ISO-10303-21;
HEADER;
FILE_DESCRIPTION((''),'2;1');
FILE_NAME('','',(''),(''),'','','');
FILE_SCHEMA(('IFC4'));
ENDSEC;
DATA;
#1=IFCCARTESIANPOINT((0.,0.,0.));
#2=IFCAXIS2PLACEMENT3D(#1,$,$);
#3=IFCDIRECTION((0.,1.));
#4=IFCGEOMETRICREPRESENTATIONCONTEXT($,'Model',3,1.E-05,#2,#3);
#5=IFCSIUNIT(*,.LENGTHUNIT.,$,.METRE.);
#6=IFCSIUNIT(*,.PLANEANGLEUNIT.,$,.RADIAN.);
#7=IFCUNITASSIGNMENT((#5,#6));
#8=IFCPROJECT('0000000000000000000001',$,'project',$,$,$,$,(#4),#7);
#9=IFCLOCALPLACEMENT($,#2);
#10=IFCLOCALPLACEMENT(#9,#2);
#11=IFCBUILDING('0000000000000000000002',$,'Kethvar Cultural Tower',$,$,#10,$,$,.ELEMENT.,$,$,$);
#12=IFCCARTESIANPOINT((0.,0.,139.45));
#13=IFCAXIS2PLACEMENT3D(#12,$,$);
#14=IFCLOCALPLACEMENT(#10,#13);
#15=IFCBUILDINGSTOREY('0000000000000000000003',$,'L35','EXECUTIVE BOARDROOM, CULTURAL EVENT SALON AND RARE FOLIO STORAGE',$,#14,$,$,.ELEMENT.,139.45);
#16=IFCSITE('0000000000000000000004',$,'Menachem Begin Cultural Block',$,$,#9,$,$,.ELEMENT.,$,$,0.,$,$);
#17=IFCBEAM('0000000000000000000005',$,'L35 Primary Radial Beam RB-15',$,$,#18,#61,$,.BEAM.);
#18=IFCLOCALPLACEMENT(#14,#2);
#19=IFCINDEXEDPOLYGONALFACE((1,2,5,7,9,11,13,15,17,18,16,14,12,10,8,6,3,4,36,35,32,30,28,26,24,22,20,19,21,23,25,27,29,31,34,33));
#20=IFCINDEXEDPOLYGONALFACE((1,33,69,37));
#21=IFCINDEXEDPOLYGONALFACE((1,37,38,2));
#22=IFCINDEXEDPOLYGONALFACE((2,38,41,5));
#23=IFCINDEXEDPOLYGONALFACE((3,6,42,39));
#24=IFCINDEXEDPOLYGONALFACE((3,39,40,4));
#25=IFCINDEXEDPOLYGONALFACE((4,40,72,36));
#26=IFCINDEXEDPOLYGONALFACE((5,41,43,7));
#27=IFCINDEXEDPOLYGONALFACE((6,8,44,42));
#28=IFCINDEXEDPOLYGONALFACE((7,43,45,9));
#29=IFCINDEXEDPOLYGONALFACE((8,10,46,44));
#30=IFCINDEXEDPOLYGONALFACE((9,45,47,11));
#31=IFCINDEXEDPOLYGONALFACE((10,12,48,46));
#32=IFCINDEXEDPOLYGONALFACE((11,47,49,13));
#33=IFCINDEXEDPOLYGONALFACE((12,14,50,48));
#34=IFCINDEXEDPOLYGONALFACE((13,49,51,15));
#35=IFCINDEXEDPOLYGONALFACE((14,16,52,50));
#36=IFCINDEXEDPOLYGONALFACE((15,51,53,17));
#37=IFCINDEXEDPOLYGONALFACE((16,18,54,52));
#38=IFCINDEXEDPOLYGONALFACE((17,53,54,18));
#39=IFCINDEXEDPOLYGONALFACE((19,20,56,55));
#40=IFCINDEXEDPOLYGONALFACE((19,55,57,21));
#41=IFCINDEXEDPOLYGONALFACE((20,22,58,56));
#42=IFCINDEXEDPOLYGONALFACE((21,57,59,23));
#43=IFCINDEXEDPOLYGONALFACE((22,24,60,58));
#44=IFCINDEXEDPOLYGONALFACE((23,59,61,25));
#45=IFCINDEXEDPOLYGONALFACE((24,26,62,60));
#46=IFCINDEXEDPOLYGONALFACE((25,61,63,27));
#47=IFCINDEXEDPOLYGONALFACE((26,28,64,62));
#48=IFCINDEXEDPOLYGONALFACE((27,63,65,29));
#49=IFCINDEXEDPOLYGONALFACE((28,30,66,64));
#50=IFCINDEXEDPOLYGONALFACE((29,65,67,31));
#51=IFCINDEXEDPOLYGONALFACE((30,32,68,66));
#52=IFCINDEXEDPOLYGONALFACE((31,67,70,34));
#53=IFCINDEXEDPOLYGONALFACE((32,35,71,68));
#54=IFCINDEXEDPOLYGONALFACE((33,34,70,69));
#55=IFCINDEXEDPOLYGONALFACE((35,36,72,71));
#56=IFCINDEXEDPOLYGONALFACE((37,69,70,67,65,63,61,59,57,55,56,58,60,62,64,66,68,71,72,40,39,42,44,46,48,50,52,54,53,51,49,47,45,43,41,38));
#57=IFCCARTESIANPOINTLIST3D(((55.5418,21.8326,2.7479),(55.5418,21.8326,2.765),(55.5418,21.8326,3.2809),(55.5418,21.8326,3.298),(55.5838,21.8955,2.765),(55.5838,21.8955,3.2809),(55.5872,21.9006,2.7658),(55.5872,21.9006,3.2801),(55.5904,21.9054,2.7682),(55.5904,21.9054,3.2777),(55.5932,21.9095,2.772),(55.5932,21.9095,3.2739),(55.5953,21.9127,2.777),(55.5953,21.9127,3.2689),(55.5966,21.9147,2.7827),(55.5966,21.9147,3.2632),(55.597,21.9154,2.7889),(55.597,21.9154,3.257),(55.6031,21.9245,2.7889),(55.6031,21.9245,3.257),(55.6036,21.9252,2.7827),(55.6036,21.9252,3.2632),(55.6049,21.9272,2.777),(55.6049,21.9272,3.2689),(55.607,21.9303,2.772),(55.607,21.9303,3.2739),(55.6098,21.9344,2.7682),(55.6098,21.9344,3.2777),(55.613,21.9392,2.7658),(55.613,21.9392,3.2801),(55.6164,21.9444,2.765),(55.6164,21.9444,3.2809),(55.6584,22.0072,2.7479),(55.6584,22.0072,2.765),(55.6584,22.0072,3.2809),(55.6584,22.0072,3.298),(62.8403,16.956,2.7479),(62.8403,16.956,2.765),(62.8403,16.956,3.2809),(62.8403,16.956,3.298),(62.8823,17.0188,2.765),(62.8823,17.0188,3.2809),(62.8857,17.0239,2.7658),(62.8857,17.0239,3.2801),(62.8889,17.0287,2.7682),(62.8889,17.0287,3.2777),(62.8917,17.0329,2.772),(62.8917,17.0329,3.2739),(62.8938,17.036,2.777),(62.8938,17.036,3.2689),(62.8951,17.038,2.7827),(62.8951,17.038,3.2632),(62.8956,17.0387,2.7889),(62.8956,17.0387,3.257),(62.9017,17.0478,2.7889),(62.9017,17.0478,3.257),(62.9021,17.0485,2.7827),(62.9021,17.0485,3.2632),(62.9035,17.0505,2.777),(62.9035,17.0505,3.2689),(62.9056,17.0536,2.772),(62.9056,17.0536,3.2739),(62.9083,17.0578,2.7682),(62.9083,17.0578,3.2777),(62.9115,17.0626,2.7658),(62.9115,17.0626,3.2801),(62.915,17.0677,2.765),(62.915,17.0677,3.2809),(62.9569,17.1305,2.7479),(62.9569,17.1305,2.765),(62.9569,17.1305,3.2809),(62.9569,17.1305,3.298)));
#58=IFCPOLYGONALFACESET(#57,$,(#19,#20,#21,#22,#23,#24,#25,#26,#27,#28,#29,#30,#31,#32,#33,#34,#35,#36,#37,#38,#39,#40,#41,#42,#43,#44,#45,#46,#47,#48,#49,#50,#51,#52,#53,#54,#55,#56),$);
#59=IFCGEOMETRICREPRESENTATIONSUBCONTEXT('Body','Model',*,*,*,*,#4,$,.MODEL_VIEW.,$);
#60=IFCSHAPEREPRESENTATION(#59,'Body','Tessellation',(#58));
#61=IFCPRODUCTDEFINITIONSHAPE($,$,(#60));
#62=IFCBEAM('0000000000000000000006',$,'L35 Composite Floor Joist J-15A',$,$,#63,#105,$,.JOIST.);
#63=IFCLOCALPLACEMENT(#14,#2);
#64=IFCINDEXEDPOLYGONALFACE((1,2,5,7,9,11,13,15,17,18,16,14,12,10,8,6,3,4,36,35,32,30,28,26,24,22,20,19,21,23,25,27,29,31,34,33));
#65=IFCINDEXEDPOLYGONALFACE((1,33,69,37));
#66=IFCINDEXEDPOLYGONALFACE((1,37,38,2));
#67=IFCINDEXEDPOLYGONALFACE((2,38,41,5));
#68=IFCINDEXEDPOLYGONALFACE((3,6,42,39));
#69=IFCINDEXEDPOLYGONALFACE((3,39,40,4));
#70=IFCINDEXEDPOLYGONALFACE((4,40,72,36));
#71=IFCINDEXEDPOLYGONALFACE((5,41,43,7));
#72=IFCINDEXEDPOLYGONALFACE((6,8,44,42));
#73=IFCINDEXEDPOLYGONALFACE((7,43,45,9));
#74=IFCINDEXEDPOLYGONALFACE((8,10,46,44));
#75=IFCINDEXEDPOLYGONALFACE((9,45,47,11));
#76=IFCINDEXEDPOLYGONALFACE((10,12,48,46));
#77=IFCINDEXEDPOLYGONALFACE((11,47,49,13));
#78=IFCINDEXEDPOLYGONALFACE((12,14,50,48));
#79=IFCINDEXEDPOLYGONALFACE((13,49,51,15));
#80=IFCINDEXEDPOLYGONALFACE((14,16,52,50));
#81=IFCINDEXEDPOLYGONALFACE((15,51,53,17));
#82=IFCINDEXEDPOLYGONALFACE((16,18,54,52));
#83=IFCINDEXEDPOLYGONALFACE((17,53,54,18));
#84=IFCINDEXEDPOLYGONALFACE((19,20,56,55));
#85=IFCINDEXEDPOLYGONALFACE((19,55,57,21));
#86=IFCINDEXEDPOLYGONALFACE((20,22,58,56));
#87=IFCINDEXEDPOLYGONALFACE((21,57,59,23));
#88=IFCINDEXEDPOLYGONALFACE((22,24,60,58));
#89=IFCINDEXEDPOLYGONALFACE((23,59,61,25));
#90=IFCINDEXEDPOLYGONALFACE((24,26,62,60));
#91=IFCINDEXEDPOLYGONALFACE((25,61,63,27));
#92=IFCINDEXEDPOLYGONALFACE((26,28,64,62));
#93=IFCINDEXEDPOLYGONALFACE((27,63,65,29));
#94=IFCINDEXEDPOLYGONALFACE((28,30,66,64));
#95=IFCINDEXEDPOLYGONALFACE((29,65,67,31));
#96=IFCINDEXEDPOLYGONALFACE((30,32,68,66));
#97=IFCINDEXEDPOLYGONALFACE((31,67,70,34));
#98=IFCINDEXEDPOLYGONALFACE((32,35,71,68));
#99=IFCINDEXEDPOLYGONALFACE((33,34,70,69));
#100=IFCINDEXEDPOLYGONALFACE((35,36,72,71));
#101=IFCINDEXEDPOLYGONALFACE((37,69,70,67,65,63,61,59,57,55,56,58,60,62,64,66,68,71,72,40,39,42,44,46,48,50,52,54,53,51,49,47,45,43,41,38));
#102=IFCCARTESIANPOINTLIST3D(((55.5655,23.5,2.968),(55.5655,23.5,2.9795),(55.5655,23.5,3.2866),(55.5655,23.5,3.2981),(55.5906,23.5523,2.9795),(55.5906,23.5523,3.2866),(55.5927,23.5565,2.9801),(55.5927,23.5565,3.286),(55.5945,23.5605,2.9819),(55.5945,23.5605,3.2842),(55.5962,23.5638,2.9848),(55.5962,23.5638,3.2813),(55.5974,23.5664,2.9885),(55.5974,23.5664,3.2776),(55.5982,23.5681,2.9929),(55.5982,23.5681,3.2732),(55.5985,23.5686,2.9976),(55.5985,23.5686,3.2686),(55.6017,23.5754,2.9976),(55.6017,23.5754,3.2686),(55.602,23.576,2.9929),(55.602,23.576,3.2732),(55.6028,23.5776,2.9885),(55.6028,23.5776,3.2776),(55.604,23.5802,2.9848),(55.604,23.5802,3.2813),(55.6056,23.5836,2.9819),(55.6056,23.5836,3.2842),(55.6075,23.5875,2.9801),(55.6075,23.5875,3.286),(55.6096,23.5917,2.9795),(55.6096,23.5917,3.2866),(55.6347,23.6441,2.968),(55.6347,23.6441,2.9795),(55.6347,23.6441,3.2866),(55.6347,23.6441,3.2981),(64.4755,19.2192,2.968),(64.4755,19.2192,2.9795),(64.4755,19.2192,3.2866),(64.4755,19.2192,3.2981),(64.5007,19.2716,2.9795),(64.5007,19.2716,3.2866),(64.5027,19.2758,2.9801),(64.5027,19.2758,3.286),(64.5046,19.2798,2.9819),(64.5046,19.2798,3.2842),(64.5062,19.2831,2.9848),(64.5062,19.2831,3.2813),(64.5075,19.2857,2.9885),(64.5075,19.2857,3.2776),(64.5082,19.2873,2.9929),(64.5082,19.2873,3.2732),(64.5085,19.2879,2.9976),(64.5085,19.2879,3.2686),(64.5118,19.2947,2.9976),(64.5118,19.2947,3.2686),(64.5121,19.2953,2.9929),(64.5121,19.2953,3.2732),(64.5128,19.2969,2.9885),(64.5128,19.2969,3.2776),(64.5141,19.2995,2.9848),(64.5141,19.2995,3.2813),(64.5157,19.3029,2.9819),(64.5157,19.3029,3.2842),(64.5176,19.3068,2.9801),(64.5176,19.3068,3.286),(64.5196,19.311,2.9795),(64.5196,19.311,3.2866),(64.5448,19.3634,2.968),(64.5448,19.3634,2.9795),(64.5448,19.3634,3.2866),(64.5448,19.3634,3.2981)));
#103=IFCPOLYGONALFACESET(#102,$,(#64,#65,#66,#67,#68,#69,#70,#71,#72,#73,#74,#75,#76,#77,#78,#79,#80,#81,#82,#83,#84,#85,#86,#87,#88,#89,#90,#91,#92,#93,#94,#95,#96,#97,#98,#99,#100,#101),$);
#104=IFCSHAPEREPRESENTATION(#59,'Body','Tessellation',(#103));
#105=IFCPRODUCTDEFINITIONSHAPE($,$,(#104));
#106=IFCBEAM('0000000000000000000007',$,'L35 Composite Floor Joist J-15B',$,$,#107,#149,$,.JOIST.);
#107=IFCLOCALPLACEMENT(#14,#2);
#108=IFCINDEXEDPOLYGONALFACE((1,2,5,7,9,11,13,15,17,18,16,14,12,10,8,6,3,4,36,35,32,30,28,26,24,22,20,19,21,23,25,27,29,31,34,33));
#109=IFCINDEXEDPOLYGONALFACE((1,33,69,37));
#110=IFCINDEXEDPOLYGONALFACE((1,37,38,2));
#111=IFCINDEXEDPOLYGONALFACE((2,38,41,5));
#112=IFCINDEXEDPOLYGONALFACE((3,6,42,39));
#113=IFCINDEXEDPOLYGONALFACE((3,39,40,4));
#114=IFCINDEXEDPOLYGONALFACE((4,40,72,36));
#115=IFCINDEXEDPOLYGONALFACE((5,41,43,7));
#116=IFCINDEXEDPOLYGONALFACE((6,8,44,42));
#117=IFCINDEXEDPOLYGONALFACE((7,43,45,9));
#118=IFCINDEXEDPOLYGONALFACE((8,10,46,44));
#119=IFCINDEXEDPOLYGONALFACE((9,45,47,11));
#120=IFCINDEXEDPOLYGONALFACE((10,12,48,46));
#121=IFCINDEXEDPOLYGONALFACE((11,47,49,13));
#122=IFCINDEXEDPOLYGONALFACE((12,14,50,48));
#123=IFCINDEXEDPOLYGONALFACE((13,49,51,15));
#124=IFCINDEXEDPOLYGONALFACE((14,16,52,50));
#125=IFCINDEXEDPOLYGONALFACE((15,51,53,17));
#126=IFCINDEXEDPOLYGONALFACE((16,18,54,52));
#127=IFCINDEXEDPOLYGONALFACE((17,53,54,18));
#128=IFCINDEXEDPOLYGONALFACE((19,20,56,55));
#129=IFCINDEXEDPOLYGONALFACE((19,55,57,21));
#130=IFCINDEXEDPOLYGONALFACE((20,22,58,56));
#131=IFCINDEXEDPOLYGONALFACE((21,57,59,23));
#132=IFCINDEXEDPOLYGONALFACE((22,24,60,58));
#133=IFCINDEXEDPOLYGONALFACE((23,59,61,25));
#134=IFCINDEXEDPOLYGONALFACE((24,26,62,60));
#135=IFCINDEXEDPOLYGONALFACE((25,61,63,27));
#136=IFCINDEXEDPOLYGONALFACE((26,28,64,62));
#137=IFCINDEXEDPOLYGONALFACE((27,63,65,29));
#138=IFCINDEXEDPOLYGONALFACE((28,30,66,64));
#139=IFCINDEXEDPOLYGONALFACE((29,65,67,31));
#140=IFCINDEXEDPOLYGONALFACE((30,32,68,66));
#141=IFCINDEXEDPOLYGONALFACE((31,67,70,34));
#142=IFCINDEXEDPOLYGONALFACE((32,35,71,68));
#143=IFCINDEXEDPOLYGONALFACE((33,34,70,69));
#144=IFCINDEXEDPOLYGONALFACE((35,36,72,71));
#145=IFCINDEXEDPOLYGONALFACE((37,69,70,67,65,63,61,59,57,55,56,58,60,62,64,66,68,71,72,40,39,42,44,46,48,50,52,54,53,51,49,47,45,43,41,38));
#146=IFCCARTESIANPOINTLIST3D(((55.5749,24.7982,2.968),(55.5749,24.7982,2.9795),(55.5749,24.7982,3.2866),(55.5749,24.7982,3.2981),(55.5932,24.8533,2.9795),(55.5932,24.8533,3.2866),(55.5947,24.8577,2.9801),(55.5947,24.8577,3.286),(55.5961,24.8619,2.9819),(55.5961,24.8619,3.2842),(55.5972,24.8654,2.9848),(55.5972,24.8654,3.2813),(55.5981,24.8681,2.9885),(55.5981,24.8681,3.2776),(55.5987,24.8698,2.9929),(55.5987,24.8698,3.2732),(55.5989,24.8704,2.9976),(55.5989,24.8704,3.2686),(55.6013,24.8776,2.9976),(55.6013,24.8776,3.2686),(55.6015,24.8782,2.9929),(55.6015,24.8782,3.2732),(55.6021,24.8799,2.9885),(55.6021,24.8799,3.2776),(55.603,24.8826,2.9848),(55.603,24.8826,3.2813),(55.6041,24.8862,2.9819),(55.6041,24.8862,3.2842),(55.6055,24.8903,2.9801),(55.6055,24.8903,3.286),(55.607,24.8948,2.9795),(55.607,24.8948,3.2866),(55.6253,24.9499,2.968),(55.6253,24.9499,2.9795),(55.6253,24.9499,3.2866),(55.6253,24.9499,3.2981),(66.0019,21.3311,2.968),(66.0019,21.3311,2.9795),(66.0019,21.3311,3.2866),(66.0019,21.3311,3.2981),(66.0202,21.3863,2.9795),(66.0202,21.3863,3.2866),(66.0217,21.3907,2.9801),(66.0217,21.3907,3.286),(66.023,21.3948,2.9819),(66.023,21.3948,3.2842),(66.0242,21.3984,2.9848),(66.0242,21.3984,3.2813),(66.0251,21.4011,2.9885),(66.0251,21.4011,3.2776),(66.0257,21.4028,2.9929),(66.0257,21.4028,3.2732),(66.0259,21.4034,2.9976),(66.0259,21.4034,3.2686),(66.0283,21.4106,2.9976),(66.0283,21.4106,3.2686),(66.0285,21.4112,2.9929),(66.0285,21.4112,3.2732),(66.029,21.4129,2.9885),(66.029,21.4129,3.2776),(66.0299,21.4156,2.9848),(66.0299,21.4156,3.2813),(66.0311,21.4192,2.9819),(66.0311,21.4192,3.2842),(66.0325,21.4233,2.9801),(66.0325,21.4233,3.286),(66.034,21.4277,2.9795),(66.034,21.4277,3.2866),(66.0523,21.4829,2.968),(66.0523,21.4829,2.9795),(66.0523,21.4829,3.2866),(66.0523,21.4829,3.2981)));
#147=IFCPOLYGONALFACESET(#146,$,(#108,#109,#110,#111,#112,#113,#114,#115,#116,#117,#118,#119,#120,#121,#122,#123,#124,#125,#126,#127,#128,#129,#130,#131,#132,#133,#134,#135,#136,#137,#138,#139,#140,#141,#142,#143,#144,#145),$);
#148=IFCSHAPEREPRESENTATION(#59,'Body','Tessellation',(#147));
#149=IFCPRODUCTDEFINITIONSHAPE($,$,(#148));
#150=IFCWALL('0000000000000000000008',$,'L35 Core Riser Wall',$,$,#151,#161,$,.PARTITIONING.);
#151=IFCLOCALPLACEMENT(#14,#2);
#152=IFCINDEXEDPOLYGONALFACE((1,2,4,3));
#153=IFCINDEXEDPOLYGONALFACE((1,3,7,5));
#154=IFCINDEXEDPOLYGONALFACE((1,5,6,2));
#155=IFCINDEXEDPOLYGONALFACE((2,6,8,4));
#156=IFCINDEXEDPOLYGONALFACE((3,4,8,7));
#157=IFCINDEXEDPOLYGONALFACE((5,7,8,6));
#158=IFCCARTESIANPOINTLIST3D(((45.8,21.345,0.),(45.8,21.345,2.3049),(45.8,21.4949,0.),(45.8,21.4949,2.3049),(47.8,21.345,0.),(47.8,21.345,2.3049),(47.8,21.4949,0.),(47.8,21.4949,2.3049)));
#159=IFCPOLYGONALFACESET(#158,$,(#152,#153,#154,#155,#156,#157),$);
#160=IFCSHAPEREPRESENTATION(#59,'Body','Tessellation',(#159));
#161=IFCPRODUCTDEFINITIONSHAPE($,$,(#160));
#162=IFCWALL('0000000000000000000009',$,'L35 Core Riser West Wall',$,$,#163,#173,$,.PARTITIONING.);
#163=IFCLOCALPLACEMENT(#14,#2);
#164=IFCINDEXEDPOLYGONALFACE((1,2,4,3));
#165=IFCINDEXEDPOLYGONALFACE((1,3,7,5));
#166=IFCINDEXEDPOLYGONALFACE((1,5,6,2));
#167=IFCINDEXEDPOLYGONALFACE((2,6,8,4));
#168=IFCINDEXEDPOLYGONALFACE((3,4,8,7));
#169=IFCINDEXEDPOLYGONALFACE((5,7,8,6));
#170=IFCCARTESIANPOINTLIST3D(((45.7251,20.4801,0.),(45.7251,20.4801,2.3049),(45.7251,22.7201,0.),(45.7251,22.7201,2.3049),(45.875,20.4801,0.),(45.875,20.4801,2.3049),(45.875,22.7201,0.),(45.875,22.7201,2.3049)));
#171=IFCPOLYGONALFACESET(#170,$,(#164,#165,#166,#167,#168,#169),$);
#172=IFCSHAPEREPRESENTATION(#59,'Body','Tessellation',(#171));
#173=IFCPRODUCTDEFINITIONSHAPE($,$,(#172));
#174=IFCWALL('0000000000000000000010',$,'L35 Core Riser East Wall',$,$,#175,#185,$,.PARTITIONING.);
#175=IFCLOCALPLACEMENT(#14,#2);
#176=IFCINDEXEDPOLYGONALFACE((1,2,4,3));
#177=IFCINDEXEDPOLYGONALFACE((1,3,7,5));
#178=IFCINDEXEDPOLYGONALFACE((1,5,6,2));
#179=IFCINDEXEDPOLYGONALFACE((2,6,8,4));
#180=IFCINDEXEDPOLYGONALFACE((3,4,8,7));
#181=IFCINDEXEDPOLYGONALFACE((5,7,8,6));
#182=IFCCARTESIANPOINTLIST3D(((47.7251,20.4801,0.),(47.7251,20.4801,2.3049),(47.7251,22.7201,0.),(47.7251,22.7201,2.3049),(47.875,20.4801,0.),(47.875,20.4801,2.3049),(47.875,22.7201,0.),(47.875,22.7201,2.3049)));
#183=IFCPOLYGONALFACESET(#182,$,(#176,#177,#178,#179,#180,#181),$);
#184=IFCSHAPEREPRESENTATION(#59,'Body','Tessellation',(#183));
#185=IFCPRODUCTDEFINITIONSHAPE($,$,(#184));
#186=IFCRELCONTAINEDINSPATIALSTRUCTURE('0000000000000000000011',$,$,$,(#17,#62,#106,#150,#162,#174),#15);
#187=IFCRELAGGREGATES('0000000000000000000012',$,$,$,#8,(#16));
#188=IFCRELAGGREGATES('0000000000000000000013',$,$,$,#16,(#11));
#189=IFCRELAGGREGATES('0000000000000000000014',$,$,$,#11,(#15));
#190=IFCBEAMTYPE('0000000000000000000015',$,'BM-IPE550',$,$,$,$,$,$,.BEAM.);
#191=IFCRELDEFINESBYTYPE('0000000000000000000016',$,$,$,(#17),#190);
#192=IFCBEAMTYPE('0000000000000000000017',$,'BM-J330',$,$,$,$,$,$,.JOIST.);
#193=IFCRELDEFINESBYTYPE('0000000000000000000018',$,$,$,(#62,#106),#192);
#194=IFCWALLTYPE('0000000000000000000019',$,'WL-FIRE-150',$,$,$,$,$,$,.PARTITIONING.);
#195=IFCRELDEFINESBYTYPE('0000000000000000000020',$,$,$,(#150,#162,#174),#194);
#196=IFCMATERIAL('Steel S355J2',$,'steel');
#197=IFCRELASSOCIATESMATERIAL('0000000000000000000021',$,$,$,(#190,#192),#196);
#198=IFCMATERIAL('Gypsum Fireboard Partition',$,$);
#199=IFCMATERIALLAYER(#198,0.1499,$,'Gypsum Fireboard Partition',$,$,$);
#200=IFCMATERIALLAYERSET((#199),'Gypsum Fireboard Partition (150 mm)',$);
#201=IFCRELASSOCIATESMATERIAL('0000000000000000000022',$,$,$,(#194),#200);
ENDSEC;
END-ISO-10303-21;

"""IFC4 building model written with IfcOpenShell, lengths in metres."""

from ifc_helpers import new_model, si_unit, direction, frame, frame_2d, origin, origin_2d, place, context, subcontext, project, spatial, rectangle, i_section, extrude, source, transform, mapped, material, layer, layer_set, material_profile, profile_set, type_object, element, save


model = new_model("IFC4")

# Units and contexts
model_context = context("Model", 3, precision=1e-05, world=origin(), true_north=direction((0.0, 1.0)))
body_context = subcontext(model_context, "Body", "Model", "MODEL_VIEW")
ifc_project = project(units=[si_unit("LENGTHUNIT", "METRE"), si_unit("PLANEANGLEUNIT", "RADIAN")], contexts=[model_context])

# Site, building, storey
site_placement = place(None, origin())
site = spatial("IfcSite", under=ifc_project, at=site_placement, Name="Menachem Begin Cultural Block", CompositionType="ELEMENT", RefElevation=0.0)
building_placement = place(site_placement, origin())
building = spatial("IfcBuilding", under=site, at=building_placement, Name="Kethvar Cultural Tower", CompositionType="ELEMENT")
storey_placement = place(building_placement, frame((0.0, 0.0, 139.45)))
storey = spatial("IfcBuildingStorey", under=building, at=storey_placement, Name="L35", Description="EXECUTIVE BOARDROOM, CULTURAL EVENT SALON AND RARE FOLIO STORAGE", CompositionType="ELEMENT", Elevation=139.45)

# Beams
ifc_material_1 = material(Name="Steel S355J2", Category="steel")
ifc_material_profile_1 = material_profile(ifc_material_1, i_section(OverallWidth=0.21, OverallDepth=0.55, WebThickness=0.011, FlangeThickness=0.0171, FilletRadius=0.0239, at=origin_2d()), Name="Steel S355J2 — IPE550")
ifc_profile_set_1 = profile_set([ifc_material_profile_1], Name="Steel S355J2 — IPE550")
beam_type_1 = type_object("IfcBeamType", Name="BM-IPE550", PredefinedType="BEAM", material=ifc_profile_set_1)
shared_shape_1 = source(origin(), body_context, "Body", "SweptSolid", [
    extrude(i_section(OverallWidth=0.21, OverallDepth=0.55, WebThickness=0.011, FlangeThickness=0.0171, FilletRadius=0.0239, at=origin_2d()), origin(), (0.0, 0.0, 1.0), 8.7778),
])
beam_1_placement = place(storey_placement, frame((55.6001, 21.9199, 3.0229), z_axis=(0.831472, -0.555566, 0.0), x_axis=(0.555566, 0.831472, 0.0)))
element("IfcBeam", 1, at=beam_1_placement, inside=storey, type_object=beam_type_1, Name="L35 Primary Radial Beam RB-15", PredefinedType="BEAM", context=body_context, shape_type="MappedRepresentation", body=[
    mapped(shared_shape_1, transform((0.0, 0.0, 0.0), scale=1.0)),
])
ifc_material_profile_2 = material_profile(ifc_material_1, i_section(OverallWidth=0.1599, OverallDepth=0.3301, WebThickness=0.0076, FlangeThickness=0.0115, FilletRadius=0.0181, at=origin_2d()), Name="Steel S355J2 — IPE330")
ifc_profile_set_2 = profile_set([ifc_material_profile_2], Name="Steel S355J2 — IPE330")
beam_type_2 = type_object("IfcBeamType", Name="BM-J330", PredefinedType="JOIST", material=ifc_profile_set_2)
shared_shape_2 = source(origin(), body_context, "Body", "SweptSolid", [
    extrude(i_section(OverallWidth=0.1599, OverallDepth=0.3301, WebThickness=0.0076, FlangeThickness=0.0115, FilletRadius=0.0181, at=origin_2d()), origin(), (0.0, 0.0, 1.0), 9.885),
])
beam_2_placement = place(storey_placement, frame((55.6001, 23.572, 3.1331), z_axis=(0.90137, -0.433051, 0.0), x_axis=(0.433051, 0.90137, 0.0)))
element("IfcBeam", 2, at=beam_2_placement, inside=storey, type_object=beam_type_2, Name="L35 Composite Floor Joist J-15A", PredefinedType="JOIST", context=body_context, shape_type="MappedRepresentation", body=[
    mapped(shared_shape_2, transform((0.0, 0.0, 0.0), scale=1.0)),
])
shared_shape_3 = source(origin(), body_context, "Body", "SweptSolid", [
    extrude(i_section(OverallWidth=0.1599, OverallDepth=0.3301, WebThickness=0.0076, FlangeThickness=0.0115, FilletRadius=0.0181, at=origin_2d()), origin(), (0.0, 0.0, 1.0), 10.9883),
])
beam_3_placement = place(storey_placement, frame((55.6001, 24.874, 3.1331), z_axis=(0.948919, -0.315521, 0.0), x_axis=(0.315521, 0.948919, 0.0)))
element("IfcBeam", 3, at=beam_3_placement, inside=storey, type_object=beam_type_2, Name="L35 Composite Floor Joist J-15B", PredefinedType="JOIST", context=body_context, shape_type="MappedRepresentation", body=[
    mapped(shared_shape_3, transform((0.0, 0.0, 0.0), scale=1.0)),
])

# Walls
ifc_material_2 = material(Name="Gypsum Fireboard Partition")
ifc_layer_1 = layer(ifc_material_2, 0.1499, Name="Gypsum Fireboard Partition")
ifc_layer_set_1 = layer_set([ifc_layer_1], Name="Gypsum Fireboard Partition (150 mm)")
wall_type_1 = type_object("IfcWallType", Name="WL-FIRE-150", PredefinedType="PARTITIONING", material=ifc_layer_set_1)
wall_1_placement = place(storey_placement, frame((45.8, 21.4199, 0.0), z_axis=(0.0, 0.0, 1.0), x_axis=(1.0, 0.0, 0.0)))
element("IfcWall", 4, at=wall_1_placement, inside=storey, type_object=wall_type_1, Name="L35 Core Riser Wall", PredefinedType="PARTITIONING", context=body_context, shape_type="SweptSolid", body=[
    extrude(rectangle(XDim=2.0, YDim=0.1499, at=frame_2d((1.0, 0.0))), origin(), (0.0, 0.0, 1.0), 2.3049),
])
for number, where, z_axis, x_axis, name in (
    (5, (45.8, 20.48, 0.0), (0.0, 0.0, 1.0), (0.0, 1.0, 0.0), "L35 Core Riser West Wall"),
    (6, (47.8, 20.48, 0.0), (0.0, 0.0, 1.0), (0.0, 1.0, 0.0), "L35 Core Riser East Wall"),
):
    element("IfcWall", number, at=place(storey_placement, frame(where, z_axis=z_axis, x_axis=x_axis)), inside=storey, type_object=wall_type_1, Name=name, PredefinedType="PARTITIONING", context=body_context, shape_type="SweptSolid", body=[
        extrude(rectangle(XDim=2.24, YDim=0.1499, at=frame_2d((1.1201, 0.0))), origin(), (0.0, 0.0, 1.0), 2.3049),
    ])

save(model, "model.ifc")
